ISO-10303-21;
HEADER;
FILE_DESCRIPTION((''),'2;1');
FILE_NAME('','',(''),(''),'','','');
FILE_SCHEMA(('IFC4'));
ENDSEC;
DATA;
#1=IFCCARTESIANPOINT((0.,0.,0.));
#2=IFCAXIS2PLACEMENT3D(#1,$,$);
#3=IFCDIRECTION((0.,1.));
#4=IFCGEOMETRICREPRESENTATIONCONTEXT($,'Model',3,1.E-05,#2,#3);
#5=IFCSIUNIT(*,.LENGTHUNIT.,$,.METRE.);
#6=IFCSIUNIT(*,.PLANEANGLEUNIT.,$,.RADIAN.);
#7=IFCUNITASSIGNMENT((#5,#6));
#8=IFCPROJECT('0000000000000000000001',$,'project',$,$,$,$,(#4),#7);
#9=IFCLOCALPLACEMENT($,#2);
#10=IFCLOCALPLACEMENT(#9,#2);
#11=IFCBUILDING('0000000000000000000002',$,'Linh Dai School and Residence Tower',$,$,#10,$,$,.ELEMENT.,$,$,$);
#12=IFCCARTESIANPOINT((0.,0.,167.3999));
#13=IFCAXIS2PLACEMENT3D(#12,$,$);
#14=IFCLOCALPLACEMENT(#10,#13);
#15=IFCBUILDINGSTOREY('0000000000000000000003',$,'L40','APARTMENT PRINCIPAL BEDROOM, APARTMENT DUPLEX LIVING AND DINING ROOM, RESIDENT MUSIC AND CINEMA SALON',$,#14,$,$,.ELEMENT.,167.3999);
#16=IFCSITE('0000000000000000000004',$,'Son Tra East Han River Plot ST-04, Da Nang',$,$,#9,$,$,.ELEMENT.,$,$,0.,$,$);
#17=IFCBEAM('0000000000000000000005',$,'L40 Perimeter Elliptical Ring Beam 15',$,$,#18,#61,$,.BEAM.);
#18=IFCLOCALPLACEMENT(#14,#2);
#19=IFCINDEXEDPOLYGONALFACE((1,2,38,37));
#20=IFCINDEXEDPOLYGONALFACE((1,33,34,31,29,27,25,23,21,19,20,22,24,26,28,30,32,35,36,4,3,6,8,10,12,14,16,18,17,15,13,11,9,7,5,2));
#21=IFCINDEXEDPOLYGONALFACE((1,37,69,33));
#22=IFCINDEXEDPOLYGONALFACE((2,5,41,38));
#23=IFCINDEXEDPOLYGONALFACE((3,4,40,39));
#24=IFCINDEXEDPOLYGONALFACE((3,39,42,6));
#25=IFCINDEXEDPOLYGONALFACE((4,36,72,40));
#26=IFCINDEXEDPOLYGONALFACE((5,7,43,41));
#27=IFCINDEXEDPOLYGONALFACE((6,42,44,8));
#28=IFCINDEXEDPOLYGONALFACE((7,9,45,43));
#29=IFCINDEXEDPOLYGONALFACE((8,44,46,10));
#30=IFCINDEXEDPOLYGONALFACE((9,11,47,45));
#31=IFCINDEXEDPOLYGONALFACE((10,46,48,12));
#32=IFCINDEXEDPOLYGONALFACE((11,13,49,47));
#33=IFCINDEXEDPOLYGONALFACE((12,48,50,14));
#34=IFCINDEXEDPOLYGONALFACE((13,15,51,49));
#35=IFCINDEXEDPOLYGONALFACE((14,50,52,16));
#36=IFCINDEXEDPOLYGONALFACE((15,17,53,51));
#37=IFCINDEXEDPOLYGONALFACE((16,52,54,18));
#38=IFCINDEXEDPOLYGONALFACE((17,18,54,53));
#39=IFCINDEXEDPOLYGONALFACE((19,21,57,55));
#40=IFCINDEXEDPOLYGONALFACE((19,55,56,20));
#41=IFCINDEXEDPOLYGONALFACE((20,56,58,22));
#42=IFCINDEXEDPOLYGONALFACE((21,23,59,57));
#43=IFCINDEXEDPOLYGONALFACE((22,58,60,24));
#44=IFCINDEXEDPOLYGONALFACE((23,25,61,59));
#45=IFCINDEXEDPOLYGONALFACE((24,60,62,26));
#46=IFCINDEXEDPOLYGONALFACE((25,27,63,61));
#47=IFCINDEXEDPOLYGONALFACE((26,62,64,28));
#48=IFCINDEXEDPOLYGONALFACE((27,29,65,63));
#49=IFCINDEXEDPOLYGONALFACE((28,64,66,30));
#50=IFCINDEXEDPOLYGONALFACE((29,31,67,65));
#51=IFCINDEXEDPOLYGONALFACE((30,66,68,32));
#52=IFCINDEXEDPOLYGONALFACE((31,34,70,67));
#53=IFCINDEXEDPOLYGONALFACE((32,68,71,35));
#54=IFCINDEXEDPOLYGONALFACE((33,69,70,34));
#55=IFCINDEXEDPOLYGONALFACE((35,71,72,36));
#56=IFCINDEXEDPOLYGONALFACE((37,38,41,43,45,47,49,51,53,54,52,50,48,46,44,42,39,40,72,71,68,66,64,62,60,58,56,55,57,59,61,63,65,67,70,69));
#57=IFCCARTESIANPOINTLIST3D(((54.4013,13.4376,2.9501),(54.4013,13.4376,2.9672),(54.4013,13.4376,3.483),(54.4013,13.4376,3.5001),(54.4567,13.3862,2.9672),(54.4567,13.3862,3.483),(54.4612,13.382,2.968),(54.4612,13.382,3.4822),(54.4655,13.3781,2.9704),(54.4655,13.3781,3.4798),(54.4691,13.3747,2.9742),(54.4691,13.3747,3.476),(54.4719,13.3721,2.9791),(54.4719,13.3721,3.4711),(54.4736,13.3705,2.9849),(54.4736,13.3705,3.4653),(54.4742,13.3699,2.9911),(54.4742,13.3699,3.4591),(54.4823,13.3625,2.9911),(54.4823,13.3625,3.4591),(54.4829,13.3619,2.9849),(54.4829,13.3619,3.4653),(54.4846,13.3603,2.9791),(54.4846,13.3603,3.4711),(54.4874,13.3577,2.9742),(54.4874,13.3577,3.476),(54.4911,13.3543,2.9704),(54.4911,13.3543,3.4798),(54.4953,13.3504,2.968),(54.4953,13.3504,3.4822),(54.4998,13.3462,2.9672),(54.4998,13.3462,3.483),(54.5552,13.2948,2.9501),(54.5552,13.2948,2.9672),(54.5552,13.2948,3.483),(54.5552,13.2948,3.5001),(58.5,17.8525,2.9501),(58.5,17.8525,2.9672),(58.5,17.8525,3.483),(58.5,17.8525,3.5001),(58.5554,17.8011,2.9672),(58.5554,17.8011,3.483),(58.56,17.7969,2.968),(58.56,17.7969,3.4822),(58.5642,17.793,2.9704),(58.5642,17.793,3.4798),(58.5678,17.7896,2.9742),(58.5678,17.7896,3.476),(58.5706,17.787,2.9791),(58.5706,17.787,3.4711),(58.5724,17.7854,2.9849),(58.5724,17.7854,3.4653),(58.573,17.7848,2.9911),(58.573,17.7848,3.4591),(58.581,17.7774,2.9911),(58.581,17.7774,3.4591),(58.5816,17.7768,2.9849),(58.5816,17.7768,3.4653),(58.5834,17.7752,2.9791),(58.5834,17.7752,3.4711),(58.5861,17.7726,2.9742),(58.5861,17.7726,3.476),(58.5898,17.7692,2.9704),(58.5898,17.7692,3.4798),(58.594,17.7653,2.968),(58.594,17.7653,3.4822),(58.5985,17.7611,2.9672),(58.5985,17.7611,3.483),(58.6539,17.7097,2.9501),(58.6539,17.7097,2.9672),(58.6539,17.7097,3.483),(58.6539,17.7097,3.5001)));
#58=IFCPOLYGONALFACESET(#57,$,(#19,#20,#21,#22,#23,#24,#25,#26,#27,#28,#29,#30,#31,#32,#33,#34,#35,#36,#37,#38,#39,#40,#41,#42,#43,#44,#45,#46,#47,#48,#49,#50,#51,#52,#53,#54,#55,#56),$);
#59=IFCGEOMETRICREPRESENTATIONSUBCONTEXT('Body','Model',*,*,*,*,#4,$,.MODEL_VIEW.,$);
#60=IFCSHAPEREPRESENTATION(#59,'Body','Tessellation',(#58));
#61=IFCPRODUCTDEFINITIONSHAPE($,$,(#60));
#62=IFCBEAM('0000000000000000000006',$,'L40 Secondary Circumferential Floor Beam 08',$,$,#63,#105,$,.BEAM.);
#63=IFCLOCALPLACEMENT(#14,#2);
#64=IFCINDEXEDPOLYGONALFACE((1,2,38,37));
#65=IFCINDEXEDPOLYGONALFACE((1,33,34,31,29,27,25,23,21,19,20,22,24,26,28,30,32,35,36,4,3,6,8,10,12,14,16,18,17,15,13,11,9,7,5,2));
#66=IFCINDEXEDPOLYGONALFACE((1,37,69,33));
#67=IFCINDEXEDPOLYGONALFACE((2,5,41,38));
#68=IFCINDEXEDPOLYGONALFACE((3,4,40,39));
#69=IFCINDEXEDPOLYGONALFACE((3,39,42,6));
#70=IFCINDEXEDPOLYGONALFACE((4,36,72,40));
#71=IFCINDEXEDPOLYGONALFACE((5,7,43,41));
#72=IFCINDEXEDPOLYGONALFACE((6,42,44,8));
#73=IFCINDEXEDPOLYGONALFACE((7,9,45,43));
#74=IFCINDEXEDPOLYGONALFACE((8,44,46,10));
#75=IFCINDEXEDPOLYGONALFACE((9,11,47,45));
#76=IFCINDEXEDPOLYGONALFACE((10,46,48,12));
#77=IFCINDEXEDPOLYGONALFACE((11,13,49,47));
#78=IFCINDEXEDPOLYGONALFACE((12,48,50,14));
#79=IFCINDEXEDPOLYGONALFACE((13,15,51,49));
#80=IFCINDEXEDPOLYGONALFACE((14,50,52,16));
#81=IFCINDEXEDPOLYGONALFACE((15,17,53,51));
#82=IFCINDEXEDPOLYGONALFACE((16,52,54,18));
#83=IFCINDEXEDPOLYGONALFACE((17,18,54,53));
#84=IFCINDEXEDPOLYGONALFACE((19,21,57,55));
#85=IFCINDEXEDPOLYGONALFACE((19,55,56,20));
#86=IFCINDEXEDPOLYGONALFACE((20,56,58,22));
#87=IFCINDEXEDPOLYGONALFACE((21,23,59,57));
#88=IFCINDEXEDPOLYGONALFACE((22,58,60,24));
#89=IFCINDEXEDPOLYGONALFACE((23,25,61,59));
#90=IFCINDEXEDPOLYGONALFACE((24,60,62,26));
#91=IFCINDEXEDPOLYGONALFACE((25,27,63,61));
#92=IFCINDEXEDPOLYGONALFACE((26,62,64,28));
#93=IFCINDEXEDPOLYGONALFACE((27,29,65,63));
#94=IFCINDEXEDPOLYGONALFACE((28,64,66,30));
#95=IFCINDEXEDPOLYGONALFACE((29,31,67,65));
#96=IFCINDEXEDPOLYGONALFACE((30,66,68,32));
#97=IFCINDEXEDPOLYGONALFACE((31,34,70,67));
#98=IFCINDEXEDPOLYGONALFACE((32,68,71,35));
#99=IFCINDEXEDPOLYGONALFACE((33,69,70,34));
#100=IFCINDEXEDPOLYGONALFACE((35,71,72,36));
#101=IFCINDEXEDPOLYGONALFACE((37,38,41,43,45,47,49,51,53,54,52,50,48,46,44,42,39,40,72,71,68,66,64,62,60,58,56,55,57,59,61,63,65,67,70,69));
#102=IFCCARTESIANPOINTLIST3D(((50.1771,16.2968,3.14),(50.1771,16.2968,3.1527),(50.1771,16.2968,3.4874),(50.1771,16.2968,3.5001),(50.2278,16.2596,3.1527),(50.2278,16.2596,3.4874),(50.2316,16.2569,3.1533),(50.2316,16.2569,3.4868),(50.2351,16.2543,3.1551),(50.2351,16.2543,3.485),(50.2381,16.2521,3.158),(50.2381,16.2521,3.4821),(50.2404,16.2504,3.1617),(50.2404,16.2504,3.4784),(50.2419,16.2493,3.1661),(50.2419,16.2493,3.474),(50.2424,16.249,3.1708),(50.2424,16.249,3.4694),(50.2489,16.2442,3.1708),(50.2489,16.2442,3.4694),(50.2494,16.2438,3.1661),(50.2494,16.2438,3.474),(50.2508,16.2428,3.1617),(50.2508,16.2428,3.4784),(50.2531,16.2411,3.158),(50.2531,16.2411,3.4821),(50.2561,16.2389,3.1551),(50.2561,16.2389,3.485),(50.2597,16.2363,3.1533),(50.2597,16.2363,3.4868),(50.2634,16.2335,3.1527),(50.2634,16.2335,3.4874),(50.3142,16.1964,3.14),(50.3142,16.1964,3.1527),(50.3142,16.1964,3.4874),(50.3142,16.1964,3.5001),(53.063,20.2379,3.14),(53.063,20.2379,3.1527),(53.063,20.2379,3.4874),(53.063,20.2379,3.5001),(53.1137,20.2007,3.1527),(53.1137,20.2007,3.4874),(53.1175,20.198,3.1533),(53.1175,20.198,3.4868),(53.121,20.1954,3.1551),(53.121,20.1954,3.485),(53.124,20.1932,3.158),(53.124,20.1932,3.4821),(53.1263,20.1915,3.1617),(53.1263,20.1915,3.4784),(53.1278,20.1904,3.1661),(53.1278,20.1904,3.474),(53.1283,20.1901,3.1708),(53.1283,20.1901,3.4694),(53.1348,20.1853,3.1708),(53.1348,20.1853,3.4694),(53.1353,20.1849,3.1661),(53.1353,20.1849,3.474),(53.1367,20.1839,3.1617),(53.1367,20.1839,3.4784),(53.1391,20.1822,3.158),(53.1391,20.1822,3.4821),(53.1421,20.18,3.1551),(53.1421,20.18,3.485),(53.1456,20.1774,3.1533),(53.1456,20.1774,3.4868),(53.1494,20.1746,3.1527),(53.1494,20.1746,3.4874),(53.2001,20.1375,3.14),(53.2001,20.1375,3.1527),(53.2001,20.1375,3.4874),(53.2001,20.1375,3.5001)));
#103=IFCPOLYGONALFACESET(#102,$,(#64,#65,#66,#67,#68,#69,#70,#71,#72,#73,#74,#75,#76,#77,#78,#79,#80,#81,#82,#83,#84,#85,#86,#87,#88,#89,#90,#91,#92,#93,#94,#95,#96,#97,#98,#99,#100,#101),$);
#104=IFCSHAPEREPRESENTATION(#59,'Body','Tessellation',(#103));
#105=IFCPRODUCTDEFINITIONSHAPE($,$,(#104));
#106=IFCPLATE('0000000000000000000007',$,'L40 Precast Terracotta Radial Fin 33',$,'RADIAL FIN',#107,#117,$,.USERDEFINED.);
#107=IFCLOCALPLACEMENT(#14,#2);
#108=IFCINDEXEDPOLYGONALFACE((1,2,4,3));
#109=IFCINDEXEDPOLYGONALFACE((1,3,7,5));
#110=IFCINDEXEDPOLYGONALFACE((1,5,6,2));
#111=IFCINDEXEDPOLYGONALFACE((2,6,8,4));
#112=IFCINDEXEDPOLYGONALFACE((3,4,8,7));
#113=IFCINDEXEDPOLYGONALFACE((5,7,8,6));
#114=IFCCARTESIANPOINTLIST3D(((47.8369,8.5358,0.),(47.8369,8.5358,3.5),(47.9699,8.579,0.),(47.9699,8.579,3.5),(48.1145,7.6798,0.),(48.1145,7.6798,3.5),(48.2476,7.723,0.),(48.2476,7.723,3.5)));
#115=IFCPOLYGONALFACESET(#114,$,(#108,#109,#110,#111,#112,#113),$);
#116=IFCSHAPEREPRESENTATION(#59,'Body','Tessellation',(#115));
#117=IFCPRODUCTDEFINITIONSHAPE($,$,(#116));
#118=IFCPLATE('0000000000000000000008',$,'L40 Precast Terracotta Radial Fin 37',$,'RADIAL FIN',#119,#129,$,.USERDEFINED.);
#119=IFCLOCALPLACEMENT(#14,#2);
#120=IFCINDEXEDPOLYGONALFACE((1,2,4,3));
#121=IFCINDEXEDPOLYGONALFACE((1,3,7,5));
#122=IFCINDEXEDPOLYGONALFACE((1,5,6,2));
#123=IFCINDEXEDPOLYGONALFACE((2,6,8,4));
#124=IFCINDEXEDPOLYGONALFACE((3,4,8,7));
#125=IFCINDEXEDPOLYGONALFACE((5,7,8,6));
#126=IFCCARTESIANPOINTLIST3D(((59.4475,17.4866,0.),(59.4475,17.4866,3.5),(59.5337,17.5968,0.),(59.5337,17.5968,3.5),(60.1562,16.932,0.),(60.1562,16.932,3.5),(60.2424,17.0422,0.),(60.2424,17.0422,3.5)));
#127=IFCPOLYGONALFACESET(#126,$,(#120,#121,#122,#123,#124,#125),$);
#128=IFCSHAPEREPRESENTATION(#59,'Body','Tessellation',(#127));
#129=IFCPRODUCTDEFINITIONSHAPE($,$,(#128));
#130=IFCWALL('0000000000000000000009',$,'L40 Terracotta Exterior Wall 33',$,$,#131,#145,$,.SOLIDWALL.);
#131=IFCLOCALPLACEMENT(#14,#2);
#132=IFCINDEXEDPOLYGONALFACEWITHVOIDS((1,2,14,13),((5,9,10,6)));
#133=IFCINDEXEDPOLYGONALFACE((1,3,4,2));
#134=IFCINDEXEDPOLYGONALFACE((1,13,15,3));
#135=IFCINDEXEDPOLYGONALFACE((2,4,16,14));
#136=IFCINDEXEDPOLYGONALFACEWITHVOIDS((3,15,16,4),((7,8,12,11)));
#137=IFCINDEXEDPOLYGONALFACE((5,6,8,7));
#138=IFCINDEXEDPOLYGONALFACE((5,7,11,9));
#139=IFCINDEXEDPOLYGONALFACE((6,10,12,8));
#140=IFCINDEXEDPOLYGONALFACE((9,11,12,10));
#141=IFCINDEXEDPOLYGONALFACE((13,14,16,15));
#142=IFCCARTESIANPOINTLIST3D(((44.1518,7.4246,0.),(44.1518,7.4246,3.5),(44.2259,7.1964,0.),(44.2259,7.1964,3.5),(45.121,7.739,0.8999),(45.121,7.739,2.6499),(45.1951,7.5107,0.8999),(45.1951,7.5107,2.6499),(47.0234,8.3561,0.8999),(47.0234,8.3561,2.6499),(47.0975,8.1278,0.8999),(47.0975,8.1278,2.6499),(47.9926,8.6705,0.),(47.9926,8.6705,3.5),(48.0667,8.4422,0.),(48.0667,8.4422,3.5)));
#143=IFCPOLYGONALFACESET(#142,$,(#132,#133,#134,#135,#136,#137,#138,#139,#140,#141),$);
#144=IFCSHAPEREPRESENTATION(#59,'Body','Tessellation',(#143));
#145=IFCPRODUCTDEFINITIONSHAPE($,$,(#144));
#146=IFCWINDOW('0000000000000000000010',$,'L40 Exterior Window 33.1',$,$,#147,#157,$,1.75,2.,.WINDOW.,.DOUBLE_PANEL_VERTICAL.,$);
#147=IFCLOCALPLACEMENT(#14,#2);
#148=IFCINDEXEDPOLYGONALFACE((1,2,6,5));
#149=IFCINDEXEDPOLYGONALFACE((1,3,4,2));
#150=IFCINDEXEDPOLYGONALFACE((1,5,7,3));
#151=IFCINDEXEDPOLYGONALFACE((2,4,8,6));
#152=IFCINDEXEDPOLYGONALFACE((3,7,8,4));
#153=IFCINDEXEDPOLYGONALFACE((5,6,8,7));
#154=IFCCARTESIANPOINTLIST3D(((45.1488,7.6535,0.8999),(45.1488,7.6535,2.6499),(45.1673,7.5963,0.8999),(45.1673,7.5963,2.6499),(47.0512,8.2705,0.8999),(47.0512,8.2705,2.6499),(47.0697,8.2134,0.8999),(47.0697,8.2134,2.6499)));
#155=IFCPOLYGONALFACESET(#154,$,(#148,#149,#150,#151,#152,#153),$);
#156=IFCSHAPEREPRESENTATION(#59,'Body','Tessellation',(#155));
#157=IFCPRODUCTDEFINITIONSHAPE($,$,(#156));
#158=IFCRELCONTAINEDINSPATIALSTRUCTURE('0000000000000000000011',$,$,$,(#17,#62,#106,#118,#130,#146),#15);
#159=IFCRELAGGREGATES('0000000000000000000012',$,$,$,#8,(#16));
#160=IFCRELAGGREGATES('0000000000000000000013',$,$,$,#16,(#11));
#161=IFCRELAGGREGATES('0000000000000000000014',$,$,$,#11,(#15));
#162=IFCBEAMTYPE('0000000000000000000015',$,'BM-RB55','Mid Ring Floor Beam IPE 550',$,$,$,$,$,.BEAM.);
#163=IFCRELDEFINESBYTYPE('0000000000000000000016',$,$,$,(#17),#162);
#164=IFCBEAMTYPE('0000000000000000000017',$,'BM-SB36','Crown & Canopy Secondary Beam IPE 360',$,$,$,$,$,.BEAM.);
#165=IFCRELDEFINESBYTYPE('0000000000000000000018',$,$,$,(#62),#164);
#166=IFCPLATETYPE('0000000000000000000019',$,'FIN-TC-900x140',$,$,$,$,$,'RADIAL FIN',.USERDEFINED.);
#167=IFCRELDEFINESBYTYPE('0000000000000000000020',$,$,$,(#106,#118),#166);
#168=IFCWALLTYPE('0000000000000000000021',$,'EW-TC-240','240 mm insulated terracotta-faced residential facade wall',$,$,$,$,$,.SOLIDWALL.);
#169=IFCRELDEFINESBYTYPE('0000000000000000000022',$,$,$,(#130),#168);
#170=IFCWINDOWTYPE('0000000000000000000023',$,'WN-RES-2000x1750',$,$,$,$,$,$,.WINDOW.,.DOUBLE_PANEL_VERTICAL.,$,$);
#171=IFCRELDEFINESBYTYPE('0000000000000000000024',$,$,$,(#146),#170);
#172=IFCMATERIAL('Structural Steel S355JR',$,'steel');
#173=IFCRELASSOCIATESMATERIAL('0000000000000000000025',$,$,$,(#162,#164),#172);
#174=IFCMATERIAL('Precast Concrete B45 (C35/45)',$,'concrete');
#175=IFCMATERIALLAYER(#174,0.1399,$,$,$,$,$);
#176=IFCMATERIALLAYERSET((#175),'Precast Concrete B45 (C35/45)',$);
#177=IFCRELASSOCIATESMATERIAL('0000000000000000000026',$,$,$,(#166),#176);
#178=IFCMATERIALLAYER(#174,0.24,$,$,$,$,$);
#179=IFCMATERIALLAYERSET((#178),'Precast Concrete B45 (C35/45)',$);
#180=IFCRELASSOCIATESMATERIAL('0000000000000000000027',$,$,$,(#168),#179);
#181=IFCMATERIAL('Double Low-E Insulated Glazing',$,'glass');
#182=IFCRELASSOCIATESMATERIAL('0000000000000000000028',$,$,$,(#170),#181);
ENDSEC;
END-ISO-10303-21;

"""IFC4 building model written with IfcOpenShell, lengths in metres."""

from ifc_helpers import new_model, si_unit, direction, frame, frame_2d, origin, origin_2d, place, context, subcontext, project, spatial, rectangle, i_section, extrude, source, transform, mapped, material, layer, layer_set, material_profile, profile_set, type_object, element, fill, save


model = new_model("IFC4")

# Units and contexts
model_context = context("Model", 3, precision=1e-05, world=origin(), true_north=direction((0.0, 1.0)))
body_context = subcontext(model_context, "Body", "Model", "MODEL_VIEW")
ifc_project = project(units=[si_unit("LENGTHUNIT", "METRE"), si_unit("PLANEANGLEUNIT", "RADIAN")], contexts=[model_context])

# Site, building, storey
site_placement = place(None, origin())
site = spatial("IfcSite", under=ifc_project, at=site_placement, Name="Son Tra East Han River Plot ST-04, Da Nang", CompositionType="ELEMENT", RefElevation=0.0)
building_placement = place(site_placement, origin())
building = spatial("IfcBuilding", under=site, at=building_placement, Name="Linh Dai School and Residence Tower", CompositionType="ELEMENT")
storey_placement = place(building_placement, frame((0.0, 0.0, 167.3999)))
storey = spatial("IfcBuildingStorey", under=building, at=storey_placement, Name="L40", Description="APARTMENT PRINCIPAL BEDROOM, APARTMENT DUPLEX LIVING AND DINING ROOM, RESIDENT MUSIC AND CINEMA SALON", CompositionType="ELEMENT", Elevation=167.3999)

# Shared definitions
ifc_material_1 = material(Name="Structural Steel S355JR", Category="steel")

# Beams
ifc_material_profile_1 = material_profile(ifc_material_1, i_section(OverallWidth=0.21, OverallDepth=0.55, WebThickness=0.011, FlangeThickness=0.0171, FilletRadius=0.0239, at=origin_2d()), Name="IPE 550")
ifc_profile_set_1 = profile_set([ifc_material_profile_1], Name="Structural Steel S355JR")
beam_type_1 = type_object("IfcBeamType", Name="BM-RB55", Description="Mid Ring Floor Beam IPE 550", PredefinedType="BEAM", material=ifc_profile_set_1)
beam_1_placement = place(storey_placement, frame((54.4783, 13.3662, 3.2251), z_axis=(0.680378, 0.732861, 0.0), x_axis=(-0.732861, 0.680378, 0.0)))
element("IfcBeam", 1, at=beam_1_placement, inside=storey, type_object=beam_type_1, Name="L40 Perimeter Elliptical Ring Beam 15", PredefinedType="BEAM", context=body_context, shape_type="SweptSolid", body=[
    extrude(i_section(OverallWidth=0.21, OverallDepth=0.55, WebThickness=0.011, FlangeThickness=0.0171, FilletRadius=0.0239, at=origin_2d()), origin(), (0.0, 0.0, 1.0), 6.0242),
])
ifc_material_profile_2 = material_profile(ifc_material_1, i_section(OverallWidth=0.1699, OverallDepth=0.3601, WebThickness=0.0081, FlangeThickness=0.0127, FilletRadius=0.0181, at=origin_2d()), Name="IPE 360")
ifc_profile_set_2 = profile_set([ifc_material_profile_2], Name="Structural Steel S355JR")
beam_type_2 = type_object("IfcBeamType", Name="BM-SB36", Description="Crown & Canopy Secondary Beam IPE 360", PredefinedType="BEAM", material=ifc_profile_set_2)
beam_2_placement = place(storey_placement, frame((50.2456, 16.2466, 3.3201), z_axis=(0.590805, 0.806815, 0.0), x_axis=(-0.806815, 0.590805, 0.0)))
element("IfcBeam", 2, at=beam_2_placement, inside=storey, type_object=beam_type_2, Name="L40 Secondary Circumferential Floor Beam 08", PredefinedType="BEAM", context=body_context, shape_type="SweptSolid", body=[
    extrude(i_section(OverallWidth=0.1699, OverallDepth=0.3601, WebThickness=0.0081, FlangeThickness=0.0127, FilletRadius=0.0181, at=origin_2d()), origin(), (0.0, 0.0, 1.0), 4.8848),
])

# Plates
ifc_material_2 = material(Name="Precast Concrete B45 (C35/45)", Category="concrete")
ifc_layer_1 = layer(ifc_material_2, 0.1399)
ifc_layer_set_1 = layer_set([ifc_layer_1], Name="Precast Concrete B45 (C35/45)")
plate_type = type_object("IfcPlateType", Name="FIN-TC-900x140", ElementType="RADIAL FIN", PredefinedType="USERDEFINED", material=ifc_layer_set_1)
shared_shape_1 = source(origin(), body_context, "Body", "SweptSolid", [
    extrude(rectangle(XDim=0.8999, YDim=0.1399, at=origin_2d()), origin(), (0.0, 0.0, 1.0), 3.5),
])
for number, where, z_axis, x_axis, name in (
    (3, (48.0422, 8.1294, 0.0), (0.0, 0.0, 1.0), (0.308536, -0.951213, 0.0), "L40 Precast Terracotta Radial Fin 33"),
    (4, (59.845, 17.2644, 0.0), (0.0, 0.0, 1.0), (0.787522, -0.616286, 0.0), "L40 Precast Terracotta Radial Fin 37"),
):
    element("IfcPlate", number, at=place(storey_placement, frame(where, z_axis=z_axis, x_axis=x_axis)), inside=storey, type_object=plate_type, Name=name, ObjectType="RADIAL FIN", PredefinedType="USERDEFINED", context=body_context, shape_type="MappedRepresentation", body=[
        mapped(shared_shape_1, transform((0.0, 0.0, 0.0), x_axis=(1.0, 0.0, 0.0), y_axis=(0.0, 1.0, 0.0), z_axis=(0.0, 0.0, 1.0), scale=1.0)),
    ])

# Wall, opening, window
ifc_layer_2 = layer(ifc_material_2, 0.24)
ifc_layer_set_2 = layer_set([ifc_layer_2], Name="Precast Concrete B45 (C35/45)")
wall_type_1 = type_object("IfcWallType", Name="EW-TC-240", Description="240 mm insulated terracotta-faced residential facade wall", PredefinedType="SOLIDWALL", material=ifc_layer_set_2)
wall_1_placement = place(storey_placement, frame((48.0298, 8.5564, 0.0), z_axis=(0.0, 0.0, 1.0), x_axis=(-0.95121, -0.308545, 0.0)))
wall_1 = element("IfcWall", 5, at=wall_1_placement, inside=storey, type_object=wall_type_1, Name="L40 Terracotta Exterior Wall 33", PredefinedType="SOLIDWALL", context=body_context, shape_type="SweptSolid", body=[
    extrude(rectangle(XDim=4.0378, YDim=0.24, at=frame_2d((2.019, 0.0))), origin(), (0.0, 0.0, 1.0), 3.5),
])
opening_1_placement = place(wall_1_placement, frame((1.019, 0.0, 0.8999)))
opening_1 = element("IfcOpeningElement", 6, at=opening_1_placement, cuts=wall_1, PredefinedType="OPENING", context=body_context, shape_type="SweptSolid", body=[
    extrude(rectangle(XDim=2.0, YDim=1.75, at=origin_2d()), frame((1.0, 0.1299, 0.875), z_axis=(0.0, -1.0, 0.0), x_axis=(1.0, 0.0, 0.0)), (0.0, 0.0, 1.0), 0.26),
])
ifc_material_3 = material(Name="Double Low-E Insulated Glazing", Category="glass")
window_type_1 = type_object("IfcWindowType", Name="WN-RES-2000x1750", PartitioningType="DOUBLE_PANEL_VERTICAL", PredefinedType="WINDOW", material=ifc_material_3)
shared_shape_2 = source(origin(), body_context, "Body", "SweptSolid", [
    extrude(rectangle(XDim=2.0, YDim=1.75, at=origin_2d()), frame((1.0, 0.03, 0.875), z_axis=(0.0, -1.0, 0.0), x_axis=(1.0, 0.0, 0.0)), (0.0, 0.0, 1.0), 0.0601),
])
window_1_placement = place(opening_1_placement, origin())
window_1 = element("IfcWindow", 7, at=window_1_placement, inside=storey, type_object=window_type_1, Name="L40 Exterior Window 33.1", OverallHeight=1.75, OverallWidth=2.0, PartitioningType="DOUBLE_PANEL_VERTICAL", PredefinedType="WINDOW", context=body_context, shape_type="MappedRepresentation", body=[
    mapped(shared_shape_2, transform((0.0, 0.0, 0.0), x_axis=(1.0, 0.0, 0.0), y_axis=(0.0, 1.0, 0.0), z_axis=(0.0, 0.0, 1.0), scale=1.0)),
])
fill(opening_1, window_1)

save(model, "model.ifc")
